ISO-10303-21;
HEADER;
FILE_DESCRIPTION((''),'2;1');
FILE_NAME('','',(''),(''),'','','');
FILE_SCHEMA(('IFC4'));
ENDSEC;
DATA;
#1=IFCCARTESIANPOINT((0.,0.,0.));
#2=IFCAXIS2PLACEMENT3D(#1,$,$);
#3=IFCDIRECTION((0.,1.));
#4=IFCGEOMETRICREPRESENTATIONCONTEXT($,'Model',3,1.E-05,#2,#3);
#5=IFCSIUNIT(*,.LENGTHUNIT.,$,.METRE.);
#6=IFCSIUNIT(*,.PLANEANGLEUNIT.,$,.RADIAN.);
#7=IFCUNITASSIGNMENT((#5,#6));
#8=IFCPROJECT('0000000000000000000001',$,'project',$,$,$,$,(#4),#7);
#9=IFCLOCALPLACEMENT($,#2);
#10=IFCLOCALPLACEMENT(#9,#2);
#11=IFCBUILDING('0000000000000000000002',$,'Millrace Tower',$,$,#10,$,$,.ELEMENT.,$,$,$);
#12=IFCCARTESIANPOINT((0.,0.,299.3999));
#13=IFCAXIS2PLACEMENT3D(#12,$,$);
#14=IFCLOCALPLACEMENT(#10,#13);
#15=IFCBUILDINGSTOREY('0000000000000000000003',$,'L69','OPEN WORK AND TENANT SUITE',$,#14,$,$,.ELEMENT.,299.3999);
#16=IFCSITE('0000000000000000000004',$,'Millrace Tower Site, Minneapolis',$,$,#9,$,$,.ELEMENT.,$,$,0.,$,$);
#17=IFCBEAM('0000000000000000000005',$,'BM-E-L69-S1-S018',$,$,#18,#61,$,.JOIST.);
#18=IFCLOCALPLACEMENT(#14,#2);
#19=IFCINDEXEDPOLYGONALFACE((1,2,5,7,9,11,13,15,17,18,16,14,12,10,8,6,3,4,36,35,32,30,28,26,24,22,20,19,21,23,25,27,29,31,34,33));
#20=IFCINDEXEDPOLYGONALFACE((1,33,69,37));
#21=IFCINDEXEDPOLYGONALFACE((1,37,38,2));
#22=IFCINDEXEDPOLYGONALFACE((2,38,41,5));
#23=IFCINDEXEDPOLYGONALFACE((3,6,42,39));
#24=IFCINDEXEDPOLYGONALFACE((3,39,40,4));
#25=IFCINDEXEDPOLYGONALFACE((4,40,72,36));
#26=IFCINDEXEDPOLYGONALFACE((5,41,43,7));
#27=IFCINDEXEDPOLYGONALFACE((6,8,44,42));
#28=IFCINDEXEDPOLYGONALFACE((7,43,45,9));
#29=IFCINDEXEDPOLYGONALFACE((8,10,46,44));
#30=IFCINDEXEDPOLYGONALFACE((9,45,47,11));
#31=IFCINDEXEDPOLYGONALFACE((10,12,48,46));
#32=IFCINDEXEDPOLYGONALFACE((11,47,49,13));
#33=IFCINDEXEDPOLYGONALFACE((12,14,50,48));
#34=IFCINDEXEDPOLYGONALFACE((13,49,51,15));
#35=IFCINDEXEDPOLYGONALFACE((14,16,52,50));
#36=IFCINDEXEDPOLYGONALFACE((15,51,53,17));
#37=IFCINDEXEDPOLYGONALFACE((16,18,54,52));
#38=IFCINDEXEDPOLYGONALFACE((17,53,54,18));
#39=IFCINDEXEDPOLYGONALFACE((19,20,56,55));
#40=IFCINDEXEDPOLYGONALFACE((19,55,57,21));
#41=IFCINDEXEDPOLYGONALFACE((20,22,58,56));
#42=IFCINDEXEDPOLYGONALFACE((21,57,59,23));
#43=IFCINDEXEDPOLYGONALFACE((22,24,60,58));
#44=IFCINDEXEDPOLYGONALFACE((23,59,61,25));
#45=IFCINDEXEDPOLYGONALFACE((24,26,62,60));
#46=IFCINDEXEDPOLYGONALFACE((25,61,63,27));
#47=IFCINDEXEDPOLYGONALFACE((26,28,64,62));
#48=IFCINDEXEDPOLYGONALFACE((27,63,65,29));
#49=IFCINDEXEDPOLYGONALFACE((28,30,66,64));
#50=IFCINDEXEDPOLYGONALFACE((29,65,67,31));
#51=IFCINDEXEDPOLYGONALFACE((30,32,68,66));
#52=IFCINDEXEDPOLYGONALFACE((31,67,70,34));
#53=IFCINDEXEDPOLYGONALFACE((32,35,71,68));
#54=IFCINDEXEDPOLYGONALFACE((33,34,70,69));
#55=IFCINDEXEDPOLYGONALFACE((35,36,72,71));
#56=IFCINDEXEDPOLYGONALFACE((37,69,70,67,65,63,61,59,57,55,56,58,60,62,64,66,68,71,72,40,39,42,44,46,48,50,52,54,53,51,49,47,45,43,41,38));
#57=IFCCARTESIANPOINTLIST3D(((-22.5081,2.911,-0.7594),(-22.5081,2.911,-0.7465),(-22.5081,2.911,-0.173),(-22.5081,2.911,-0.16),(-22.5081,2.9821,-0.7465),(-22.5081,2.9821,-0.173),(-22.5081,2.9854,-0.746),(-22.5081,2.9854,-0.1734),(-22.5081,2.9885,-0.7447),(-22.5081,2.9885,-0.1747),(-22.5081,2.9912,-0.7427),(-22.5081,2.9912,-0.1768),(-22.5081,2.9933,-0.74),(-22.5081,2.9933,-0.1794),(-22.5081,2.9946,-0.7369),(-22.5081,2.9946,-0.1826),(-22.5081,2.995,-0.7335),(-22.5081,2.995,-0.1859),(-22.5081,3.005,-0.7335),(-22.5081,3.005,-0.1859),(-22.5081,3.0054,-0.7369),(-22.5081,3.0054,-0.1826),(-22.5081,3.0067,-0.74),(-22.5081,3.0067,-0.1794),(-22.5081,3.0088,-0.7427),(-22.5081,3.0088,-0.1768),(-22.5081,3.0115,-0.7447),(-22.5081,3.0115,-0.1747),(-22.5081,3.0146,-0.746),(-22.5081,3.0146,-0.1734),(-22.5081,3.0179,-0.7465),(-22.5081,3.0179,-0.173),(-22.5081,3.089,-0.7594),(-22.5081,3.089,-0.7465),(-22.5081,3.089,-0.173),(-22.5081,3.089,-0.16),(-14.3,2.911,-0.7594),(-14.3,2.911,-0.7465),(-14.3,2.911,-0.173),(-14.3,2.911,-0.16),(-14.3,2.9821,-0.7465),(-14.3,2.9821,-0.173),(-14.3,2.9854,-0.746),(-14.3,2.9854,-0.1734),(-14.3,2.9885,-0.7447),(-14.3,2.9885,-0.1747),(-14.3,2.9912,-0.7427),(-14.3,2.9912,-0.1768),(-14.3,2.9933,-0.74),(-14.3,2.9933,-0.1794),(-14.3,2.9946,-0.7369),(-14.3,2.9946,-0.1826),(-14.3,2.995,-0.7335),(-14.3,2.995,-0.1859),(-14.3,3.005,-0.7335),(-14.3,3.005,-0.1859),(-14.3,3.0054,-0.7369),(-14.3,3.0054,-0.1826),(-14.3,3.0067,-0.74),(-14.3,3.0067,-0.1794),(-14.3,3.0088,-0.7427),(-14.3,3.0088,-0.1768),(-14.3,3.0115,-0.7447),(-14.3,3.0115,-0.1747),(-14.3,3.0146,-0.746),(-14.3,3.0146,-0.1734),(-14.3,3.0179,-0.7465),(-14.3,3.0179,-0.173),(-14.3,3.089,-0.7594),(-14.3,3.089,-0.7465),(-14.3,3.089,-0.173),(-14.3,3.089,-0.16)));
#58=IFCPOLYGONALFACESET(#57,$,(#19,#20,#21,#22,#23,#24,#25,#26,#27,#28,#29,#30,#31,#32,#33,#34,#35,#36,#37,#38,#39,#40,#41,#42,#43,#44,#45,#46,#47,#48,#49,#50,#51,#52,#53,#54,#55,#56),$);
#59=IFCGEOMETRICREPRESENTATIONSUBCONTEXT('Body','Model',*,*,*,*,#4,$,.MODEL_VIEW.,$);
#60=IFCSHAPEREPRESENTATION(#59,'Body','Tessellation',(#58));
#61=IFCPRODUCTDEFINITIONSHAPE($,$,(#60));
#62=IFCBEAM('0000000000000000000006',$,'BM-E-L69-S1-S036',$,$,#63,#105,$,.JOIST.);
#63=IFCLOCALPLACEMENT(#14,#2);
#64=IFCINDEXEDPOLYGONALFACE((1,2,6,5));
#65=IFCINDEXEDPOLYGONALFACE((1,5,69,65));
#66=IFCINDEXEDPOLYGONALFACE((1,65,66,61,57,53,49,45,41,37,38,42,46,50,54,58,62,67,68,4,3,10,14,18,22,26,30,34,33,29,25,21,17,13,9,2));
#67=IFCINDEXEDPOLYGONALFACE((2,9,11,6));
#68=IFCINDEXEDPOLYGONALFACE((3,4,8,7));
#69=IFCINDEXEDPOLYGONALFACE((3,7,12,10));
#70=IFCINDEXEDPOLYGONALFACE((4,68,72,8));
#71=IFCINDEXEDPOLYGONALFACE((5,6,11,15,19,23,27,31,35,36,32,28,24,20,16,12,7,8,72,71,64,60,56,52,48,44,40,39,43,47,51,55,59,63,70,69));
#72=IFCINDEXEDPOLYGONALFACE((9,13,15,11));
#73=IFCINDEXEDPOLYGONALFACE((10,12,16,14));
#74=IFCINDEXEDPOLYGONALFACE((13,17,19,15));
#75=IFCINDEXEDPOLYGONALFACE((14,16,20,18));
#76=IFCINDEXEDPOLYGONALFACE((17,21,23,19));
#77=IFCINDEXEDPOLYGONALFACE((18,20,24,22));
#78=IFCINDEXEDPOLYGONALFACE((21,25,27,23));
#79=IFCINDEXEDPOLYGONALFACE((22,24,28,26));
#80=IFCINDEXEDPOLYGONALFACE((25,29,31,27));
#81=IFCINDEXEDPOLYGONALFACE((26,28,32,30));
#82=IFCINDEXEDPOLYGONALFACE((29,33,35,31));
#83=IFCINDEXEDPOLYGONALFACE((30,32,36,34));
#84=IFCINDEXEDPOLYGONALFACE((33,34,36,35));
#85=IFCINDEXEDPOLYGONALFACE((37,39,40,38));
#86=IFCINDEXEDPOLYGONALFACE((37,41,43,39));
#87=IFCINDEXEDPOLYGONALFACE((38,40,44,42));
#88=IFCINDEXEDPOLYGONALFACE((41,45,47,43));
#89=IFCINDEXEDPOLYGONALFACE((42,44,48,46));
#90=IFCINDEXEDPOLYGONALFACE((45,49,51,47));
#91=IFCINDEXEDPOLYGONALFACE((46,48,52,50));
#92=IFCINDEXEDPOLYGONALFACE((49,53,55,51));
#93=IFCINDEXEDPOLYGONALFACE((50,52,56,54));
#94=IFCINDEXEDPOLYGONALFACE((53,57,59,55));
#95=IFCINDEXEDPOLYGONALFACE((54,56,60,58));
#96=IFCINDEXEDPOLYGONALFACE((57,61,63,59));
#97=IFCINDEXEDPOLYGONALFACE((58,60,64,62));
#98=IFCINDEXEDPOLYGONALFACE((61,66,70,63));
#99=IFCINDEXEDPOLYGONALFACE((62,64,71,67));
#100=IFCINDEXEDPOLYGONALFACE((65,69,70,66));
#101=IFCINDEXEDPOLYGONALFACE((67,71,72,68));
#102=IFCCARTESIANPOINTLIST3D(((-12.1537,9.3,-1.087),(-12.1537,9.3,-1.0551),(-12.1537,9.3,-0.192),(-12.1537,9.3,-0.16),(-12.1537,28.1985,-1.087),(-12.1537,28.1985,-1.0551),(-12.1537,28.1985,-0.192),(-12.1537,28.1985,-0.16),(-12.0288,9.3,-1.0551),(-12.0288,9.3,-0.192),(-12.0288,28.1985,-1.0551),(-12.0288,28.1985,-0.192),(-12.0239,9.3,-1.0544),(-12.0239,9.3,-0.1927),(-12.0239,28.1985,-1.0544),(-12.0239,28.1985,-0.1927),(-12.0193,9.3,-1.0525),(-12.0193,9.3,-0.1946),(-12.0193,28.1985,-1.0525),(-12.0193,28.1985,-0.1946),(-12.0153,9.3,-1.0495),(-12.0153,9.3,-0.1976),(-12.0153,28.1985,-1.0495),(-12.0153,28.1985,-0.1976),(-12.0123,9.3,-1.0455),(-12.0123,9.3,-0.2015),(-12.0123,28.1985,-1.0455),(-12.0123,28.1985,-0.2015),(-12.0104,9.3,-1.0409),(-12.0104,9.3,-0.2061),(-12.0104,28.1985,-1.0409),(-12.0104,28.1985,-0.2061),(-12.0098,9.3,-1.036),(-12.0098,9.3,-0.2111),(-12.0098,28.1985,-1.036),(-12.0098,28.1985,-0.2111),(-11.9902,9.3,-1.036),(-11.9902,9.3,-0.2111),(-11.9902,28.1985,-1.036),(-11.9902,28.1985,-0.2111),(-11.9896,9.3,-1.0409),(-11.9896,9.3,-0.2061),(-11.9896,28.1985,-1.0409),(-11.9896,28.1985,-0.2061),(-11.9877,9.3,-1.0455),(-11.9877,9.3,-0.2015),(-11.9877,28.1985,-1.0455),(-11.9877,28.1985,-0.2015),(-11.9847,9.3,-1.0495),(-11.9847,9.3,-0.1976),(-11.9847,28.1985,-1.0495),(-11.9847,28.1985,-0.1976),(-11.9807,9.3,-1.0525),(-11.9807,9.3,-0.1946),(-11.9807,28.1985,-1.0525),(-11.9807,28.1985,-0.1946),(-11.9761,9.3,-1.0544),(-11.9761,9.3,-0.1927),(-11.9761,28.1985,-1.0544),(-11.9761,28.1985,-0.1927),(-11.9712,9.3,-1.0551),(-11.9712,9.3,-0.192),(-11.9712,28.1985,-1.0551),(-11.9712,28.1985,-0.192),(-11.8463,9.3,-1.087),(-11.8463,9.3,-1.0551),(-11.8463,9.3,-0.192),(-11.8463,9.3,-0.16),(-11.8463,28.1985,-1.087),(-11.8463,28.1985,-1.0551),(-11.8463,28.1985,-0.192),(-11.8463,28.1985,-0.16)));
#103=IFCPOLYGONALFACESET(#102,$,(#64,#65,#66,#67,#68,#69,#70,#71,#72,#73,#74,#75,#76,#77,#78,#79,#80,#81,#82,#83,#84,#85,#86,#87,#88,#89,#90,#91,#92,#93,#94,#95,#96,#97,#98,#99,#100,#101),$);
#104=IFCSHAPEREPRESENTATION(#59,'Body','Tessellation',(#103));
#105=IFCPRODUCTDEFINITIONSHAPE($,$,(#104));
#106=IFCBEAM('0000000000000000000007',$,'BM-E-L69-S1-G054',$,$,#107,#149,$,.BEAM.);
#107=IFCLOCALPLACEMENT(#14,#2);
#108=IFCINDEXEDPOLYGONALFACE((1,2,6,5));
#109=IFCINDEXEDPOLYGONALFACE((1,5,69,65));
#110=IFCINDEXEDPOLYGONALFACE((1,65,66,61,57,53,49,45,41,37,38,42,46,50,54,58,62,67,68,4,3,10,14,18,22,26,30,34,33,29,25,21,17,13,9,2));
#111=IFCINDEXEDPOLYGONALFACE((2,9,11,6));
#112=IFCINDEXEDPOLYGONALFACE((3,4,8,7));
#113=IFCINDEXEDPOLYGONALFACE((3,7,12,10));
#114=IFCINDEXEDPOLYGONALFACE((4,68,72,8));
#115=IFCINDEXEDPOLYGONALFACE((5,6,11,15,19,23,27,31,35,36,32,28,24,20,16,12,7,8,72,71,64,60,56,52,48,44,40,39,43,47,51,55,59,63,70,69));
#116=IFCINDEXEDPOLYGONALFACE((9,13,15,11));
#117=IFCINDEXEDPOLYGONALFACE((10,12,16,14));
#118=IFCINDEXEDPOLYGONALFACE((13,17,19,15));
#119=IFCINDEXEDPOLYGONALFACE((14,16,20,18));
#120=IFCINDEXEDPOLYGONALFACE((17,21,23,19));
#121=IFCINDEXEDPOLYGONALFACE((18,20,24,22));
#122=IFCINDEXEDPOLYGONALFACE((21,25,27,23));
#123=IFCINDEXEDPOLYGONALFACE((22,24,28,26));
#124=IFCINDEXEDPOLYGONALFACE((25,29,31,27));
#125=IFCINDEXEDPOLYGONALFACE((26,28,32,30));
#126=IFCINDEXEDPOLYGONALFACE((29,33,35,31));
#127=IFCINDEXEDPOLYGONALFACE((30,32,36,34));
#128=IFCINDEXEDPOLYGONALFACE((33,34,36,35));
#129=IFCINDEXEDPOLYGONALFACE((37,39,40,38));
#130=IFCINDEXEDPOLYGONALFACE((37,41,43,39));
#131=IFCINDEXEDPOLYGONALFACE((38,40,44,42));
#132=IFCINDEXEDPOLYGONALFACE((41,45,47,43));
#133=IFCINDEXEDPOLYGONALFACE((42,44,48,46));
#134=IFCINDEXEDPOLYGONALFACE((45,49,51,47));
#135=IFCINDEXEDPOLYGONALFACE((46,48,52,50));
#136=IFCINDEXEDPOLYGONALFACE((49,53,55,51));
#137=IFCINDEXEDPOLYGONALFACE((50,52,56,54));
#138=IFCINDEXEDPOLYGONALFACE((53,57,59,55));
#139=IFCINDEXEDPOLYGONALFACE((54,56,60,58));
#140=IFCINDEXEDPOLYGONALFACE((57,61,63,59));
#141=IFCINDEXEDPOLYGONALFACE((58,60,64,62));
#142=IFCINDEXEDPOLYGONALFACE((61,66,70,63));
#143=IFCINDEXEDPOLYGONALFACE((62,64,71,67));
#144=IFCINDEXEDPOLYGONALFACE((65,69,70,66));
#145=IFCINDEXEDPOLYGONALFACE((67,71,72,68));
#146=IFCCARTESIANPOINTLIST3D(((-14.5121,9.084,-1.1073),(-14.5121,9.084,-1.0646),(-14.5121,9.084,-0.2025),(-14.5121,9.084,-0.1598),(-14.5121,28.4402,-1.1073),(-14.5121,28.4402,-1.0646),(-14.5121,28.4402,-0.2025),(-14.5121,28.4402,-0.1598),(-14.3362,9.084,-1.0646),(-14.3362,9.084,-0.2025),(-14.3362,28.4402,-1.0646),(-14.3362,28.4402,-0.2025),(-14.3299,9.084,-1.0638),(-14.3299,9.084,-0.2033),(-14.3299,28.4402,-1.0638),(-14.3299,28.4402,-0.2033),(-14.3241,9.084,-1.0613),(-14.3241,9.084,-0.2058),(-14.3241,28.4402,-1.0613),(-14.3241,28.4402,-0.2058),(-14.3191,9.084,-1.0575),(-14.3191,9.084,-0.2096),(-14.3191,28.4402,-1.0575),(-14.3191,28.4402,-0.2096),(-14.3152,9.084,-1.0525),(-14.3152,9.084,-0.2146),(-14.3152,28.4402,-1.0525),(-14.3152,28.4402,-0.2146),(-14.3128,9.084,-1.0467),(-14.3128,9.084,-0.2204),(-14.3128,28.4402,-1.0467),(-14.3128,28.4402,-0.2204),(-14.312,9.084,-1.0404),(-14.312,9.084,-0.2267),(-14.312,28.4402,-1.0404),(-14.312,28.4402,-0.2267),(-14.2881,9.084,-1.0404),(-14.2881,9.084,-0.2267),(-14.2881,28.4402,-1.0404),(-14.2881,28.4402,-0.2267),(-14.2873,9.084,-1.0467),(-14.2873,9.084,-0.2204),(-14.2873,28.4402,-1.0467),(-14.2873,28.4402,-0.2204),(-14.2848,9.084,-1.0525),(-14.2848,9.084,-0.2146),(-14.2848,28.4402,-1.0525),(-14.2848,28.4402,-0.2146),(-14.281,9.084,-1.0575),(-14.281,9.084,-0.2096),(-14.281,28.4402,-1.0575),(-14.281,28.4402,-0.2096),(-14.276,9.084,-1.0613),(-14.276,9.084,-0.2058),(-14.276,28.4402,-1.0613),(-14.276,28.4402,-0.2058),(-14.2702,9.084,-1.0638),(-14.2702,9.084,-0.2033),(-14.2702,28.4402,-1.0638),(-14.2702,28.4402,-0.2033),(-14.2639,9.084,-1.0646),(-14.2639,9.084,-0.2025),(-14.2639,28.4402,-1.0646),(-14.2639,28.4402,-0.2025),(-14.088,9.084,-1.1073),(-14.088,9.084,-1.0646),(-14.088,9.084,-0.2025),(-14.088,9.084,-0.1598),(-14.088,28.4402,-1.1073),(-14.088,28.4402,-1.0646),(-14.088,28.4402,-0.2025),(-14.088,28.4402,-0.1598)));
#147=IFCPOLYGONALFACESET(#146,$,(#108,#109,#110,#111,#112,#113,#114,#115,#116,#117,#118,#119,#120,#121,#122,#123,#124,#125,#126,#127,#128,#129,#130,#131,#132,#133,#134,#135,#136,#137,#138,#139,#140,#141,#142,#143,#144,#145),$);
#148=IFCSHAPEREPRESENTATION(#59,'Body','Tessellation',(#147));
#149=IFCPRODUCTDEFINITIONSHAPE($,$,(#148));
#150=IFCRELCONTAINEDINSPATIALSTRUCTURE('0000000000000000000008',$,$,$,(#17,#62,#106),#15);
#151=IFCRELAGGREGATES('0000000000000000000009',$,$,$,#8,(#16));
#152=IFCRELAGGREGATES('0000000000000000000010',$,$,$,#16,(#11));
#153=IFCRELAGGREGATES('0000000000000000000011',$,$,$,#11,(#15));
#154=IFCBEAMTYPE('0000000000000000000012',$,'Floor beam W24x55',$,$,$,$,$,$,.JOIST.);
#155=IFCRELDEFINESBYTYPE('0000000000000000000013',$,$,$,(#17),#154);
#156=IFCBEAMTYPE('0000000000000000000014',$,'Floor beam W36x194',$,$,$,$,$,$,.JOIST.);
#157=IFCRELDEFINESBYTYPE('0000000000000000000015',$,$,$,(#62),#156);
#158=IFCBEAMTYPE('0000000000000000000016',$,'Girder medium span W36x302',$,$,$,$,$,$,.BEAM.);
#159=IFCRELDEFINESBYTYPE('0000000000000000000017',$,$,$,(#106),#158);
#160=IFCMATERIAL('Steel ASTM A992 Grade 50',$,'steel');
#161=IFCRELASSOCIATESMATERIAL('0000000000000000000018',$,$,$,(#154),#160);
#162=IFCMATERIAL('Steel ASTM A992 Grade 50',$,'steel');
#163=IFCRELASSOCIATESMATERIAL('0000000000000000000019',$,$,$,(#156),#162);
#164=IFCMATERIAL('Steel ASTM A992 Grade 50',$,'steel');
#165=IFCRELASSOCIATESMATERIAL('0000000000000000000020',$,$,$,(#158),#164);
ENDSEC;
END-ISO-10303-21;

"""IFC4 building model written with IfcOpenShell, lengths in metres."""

from ifc_helpers import new_model, si_unit, direction, frame, origin, origin_2d, place, context, subcontext, project, spatial, i_section, extrude, material, material_profile, profile_set, type_object, element, save


model = new_model("IFC4")

# Units and contexts
model_context = context("Model", 3, precision=1e-05, world=origin(), true_north=direction((0.0, 1.0)))
body_context = subcontext(model_context, "Body", "Model", "MODEL_VIEW")
ifc_project = project(units=[si_unit("LENGTHUNIT", "METRE"), si_unit("PLANEANGLEUNIT", "RADIAN")], contexts=[model_context])

# Site, building, storey
site_placement = place(None, origin())
site = spatial("IfcSite", under=ifc_project, at=site_placement, Name="Millrace Tower Site, Minneapolis", CompositionType="ELEMENT", RefElevation=0.0)
building_placement = place(site_placement, origin())
building = spatial("IfcBuilding", under=site, at=building_placement, Name="Millrace Tower", CompositionType="ELEMENT")
storey_placement = place(building_placement, frame((0.0, 0.0, 299.3999)))
storey = spatial("IfcBuildingStorey", under=building, at=storey_placement, Name="L69", Description="OPEN WORK AND TENANT SUITE", CompositionType="ELEMENT", Elevation=299.3999)

# Beams
ifc_material_1 = material(Name="Steel ASTM A992 Grade 50", Category="steel")
ifc_material_profile_1 = material_profile(ifc_material_1, i_section(OverallWidth=0.178, OverallDepth=0.5994, WebThickness=0.01, FlangeThickness=0.0129, FilletRadius=0.0129, at=origin_2d()))
ifc_profile_set_1 = profile_set([ifc_material_profile_1], Name="Steel ASTM A992 Grade 50")
beam_type_1 = type_object("IfcBeamType", Name="Floor beam W24x55", PredefinedType="JOIST", material=ifc_profile_set_1)
beam_1_placement = place(storey_placement, frame((-22.5081, 3.0, -0.4597), z_axis=(1.0, 0.0, 0.0), x_axis=(0.0, 1.0, 0.0)))
element("IfcBeam", 1, at=beam_1_placement, inside=storey, type_object=beam_type_1, Name="BM-E-L69-S1-S018", PredefinedType="JOIST", context=body_context, shape_type="SweptSolid", body=[
    extrude(i_section(OverallWidth=0.178, OverallDepth=0.5994, WebThickness=0.01, FlangeThickness=0.0129, FilletRadius=0.0129, at=origin_2d()), origin(), (0.0, 0.0, 1.0), 8.208),
])
ifc_material_2 = material(Name="Steel ASTM A992 Grade 50", Category="steel")
ifc_material_profile_2 = material_profile(ifc_material_2, i_section(OverallWidth=0.3074, OverallDepth=0.927, WebThickness=0.0195, FlangeThickness=0.032, FilletRadius=0.019, at=origin_2d()))
ifc_profile_set_2 = profile_set([ifc_material_profile_2], Name="Steel ASTM A992 Grade 50")
beam_type_2 = type_object("IfcBeamType", Name="Floor beam W36x194", PredefinedType="JOIST", material=ifc_profile_set_2)
beam_2_placement = place(storey_placement, frame((-12.0, 9.3, -0.6235), z_axis=(0.0, 1.0, 0.0), x_axis=(-1.0, 0.0, 0.0)))
element("IfcBeam", 2, at=beam_2_placement, inside=storey, type_object=beam_type_2, Name="BM-E-L69-S1-S036", PredefinedType="JOIST", context=body_context, shape_type="SweptSolid", body=[
    extrude(i_section(OverallWidth=0.3074, OverallDepth=0.927, WebThickness=0.0195, FlangeThickness=0.032, FilletRadius=0.019, at=origin_2d()), origin(), (0.0, 0.0, 1.0), 18.8984),
])
ifc_material_3 = material(Name="Steel ASTM A992 Grade 50", Category="steel")
ifc_material_profile_3 = material_profile(ifc_material_3, i_section(OverallWidth=0.4241, OverallDepth=0.9475, WebThickness=0.0239, FlangeThickness=0.0427, FilletRadius=0.0242, at=origin_2d()))
ifc_profile_set_3 = profile_set([ifc_material_profile_3], Name="Steel ASTM A992 Grade 50")
beam_type_3 = type_object("IfcBeamType", Name="Girder medium span W36x302", PredefinedType="BEAM", material=ifc_profile_set_3)
beam_3_placement = place(storey_placement, frame((-14.3, 9.084, -0.6335), z_axis=(0.0, 1.0, 0.0), x_axis=(-1.0, 0.0, 0.0)))
element("IfcBeam", 3, at=beam_3_placement, inside=storey, type_object=beam_type_3, Name="BM-E-L69-S1-G054", PredefinedType="BEAM", context=body_context, shape_type="SweptSolid", body=[
    extrude(i_section(OverallWidth=0.4241, OverallDepth=0.9475, WebThickness=0.0239, FlangeThickness=0.0427, FilletRadius=0.0242, at=origin_2d()), origin(), (0.0, 0.0, 1.0), 19.3562),
])

save(model, "model.ifc")
